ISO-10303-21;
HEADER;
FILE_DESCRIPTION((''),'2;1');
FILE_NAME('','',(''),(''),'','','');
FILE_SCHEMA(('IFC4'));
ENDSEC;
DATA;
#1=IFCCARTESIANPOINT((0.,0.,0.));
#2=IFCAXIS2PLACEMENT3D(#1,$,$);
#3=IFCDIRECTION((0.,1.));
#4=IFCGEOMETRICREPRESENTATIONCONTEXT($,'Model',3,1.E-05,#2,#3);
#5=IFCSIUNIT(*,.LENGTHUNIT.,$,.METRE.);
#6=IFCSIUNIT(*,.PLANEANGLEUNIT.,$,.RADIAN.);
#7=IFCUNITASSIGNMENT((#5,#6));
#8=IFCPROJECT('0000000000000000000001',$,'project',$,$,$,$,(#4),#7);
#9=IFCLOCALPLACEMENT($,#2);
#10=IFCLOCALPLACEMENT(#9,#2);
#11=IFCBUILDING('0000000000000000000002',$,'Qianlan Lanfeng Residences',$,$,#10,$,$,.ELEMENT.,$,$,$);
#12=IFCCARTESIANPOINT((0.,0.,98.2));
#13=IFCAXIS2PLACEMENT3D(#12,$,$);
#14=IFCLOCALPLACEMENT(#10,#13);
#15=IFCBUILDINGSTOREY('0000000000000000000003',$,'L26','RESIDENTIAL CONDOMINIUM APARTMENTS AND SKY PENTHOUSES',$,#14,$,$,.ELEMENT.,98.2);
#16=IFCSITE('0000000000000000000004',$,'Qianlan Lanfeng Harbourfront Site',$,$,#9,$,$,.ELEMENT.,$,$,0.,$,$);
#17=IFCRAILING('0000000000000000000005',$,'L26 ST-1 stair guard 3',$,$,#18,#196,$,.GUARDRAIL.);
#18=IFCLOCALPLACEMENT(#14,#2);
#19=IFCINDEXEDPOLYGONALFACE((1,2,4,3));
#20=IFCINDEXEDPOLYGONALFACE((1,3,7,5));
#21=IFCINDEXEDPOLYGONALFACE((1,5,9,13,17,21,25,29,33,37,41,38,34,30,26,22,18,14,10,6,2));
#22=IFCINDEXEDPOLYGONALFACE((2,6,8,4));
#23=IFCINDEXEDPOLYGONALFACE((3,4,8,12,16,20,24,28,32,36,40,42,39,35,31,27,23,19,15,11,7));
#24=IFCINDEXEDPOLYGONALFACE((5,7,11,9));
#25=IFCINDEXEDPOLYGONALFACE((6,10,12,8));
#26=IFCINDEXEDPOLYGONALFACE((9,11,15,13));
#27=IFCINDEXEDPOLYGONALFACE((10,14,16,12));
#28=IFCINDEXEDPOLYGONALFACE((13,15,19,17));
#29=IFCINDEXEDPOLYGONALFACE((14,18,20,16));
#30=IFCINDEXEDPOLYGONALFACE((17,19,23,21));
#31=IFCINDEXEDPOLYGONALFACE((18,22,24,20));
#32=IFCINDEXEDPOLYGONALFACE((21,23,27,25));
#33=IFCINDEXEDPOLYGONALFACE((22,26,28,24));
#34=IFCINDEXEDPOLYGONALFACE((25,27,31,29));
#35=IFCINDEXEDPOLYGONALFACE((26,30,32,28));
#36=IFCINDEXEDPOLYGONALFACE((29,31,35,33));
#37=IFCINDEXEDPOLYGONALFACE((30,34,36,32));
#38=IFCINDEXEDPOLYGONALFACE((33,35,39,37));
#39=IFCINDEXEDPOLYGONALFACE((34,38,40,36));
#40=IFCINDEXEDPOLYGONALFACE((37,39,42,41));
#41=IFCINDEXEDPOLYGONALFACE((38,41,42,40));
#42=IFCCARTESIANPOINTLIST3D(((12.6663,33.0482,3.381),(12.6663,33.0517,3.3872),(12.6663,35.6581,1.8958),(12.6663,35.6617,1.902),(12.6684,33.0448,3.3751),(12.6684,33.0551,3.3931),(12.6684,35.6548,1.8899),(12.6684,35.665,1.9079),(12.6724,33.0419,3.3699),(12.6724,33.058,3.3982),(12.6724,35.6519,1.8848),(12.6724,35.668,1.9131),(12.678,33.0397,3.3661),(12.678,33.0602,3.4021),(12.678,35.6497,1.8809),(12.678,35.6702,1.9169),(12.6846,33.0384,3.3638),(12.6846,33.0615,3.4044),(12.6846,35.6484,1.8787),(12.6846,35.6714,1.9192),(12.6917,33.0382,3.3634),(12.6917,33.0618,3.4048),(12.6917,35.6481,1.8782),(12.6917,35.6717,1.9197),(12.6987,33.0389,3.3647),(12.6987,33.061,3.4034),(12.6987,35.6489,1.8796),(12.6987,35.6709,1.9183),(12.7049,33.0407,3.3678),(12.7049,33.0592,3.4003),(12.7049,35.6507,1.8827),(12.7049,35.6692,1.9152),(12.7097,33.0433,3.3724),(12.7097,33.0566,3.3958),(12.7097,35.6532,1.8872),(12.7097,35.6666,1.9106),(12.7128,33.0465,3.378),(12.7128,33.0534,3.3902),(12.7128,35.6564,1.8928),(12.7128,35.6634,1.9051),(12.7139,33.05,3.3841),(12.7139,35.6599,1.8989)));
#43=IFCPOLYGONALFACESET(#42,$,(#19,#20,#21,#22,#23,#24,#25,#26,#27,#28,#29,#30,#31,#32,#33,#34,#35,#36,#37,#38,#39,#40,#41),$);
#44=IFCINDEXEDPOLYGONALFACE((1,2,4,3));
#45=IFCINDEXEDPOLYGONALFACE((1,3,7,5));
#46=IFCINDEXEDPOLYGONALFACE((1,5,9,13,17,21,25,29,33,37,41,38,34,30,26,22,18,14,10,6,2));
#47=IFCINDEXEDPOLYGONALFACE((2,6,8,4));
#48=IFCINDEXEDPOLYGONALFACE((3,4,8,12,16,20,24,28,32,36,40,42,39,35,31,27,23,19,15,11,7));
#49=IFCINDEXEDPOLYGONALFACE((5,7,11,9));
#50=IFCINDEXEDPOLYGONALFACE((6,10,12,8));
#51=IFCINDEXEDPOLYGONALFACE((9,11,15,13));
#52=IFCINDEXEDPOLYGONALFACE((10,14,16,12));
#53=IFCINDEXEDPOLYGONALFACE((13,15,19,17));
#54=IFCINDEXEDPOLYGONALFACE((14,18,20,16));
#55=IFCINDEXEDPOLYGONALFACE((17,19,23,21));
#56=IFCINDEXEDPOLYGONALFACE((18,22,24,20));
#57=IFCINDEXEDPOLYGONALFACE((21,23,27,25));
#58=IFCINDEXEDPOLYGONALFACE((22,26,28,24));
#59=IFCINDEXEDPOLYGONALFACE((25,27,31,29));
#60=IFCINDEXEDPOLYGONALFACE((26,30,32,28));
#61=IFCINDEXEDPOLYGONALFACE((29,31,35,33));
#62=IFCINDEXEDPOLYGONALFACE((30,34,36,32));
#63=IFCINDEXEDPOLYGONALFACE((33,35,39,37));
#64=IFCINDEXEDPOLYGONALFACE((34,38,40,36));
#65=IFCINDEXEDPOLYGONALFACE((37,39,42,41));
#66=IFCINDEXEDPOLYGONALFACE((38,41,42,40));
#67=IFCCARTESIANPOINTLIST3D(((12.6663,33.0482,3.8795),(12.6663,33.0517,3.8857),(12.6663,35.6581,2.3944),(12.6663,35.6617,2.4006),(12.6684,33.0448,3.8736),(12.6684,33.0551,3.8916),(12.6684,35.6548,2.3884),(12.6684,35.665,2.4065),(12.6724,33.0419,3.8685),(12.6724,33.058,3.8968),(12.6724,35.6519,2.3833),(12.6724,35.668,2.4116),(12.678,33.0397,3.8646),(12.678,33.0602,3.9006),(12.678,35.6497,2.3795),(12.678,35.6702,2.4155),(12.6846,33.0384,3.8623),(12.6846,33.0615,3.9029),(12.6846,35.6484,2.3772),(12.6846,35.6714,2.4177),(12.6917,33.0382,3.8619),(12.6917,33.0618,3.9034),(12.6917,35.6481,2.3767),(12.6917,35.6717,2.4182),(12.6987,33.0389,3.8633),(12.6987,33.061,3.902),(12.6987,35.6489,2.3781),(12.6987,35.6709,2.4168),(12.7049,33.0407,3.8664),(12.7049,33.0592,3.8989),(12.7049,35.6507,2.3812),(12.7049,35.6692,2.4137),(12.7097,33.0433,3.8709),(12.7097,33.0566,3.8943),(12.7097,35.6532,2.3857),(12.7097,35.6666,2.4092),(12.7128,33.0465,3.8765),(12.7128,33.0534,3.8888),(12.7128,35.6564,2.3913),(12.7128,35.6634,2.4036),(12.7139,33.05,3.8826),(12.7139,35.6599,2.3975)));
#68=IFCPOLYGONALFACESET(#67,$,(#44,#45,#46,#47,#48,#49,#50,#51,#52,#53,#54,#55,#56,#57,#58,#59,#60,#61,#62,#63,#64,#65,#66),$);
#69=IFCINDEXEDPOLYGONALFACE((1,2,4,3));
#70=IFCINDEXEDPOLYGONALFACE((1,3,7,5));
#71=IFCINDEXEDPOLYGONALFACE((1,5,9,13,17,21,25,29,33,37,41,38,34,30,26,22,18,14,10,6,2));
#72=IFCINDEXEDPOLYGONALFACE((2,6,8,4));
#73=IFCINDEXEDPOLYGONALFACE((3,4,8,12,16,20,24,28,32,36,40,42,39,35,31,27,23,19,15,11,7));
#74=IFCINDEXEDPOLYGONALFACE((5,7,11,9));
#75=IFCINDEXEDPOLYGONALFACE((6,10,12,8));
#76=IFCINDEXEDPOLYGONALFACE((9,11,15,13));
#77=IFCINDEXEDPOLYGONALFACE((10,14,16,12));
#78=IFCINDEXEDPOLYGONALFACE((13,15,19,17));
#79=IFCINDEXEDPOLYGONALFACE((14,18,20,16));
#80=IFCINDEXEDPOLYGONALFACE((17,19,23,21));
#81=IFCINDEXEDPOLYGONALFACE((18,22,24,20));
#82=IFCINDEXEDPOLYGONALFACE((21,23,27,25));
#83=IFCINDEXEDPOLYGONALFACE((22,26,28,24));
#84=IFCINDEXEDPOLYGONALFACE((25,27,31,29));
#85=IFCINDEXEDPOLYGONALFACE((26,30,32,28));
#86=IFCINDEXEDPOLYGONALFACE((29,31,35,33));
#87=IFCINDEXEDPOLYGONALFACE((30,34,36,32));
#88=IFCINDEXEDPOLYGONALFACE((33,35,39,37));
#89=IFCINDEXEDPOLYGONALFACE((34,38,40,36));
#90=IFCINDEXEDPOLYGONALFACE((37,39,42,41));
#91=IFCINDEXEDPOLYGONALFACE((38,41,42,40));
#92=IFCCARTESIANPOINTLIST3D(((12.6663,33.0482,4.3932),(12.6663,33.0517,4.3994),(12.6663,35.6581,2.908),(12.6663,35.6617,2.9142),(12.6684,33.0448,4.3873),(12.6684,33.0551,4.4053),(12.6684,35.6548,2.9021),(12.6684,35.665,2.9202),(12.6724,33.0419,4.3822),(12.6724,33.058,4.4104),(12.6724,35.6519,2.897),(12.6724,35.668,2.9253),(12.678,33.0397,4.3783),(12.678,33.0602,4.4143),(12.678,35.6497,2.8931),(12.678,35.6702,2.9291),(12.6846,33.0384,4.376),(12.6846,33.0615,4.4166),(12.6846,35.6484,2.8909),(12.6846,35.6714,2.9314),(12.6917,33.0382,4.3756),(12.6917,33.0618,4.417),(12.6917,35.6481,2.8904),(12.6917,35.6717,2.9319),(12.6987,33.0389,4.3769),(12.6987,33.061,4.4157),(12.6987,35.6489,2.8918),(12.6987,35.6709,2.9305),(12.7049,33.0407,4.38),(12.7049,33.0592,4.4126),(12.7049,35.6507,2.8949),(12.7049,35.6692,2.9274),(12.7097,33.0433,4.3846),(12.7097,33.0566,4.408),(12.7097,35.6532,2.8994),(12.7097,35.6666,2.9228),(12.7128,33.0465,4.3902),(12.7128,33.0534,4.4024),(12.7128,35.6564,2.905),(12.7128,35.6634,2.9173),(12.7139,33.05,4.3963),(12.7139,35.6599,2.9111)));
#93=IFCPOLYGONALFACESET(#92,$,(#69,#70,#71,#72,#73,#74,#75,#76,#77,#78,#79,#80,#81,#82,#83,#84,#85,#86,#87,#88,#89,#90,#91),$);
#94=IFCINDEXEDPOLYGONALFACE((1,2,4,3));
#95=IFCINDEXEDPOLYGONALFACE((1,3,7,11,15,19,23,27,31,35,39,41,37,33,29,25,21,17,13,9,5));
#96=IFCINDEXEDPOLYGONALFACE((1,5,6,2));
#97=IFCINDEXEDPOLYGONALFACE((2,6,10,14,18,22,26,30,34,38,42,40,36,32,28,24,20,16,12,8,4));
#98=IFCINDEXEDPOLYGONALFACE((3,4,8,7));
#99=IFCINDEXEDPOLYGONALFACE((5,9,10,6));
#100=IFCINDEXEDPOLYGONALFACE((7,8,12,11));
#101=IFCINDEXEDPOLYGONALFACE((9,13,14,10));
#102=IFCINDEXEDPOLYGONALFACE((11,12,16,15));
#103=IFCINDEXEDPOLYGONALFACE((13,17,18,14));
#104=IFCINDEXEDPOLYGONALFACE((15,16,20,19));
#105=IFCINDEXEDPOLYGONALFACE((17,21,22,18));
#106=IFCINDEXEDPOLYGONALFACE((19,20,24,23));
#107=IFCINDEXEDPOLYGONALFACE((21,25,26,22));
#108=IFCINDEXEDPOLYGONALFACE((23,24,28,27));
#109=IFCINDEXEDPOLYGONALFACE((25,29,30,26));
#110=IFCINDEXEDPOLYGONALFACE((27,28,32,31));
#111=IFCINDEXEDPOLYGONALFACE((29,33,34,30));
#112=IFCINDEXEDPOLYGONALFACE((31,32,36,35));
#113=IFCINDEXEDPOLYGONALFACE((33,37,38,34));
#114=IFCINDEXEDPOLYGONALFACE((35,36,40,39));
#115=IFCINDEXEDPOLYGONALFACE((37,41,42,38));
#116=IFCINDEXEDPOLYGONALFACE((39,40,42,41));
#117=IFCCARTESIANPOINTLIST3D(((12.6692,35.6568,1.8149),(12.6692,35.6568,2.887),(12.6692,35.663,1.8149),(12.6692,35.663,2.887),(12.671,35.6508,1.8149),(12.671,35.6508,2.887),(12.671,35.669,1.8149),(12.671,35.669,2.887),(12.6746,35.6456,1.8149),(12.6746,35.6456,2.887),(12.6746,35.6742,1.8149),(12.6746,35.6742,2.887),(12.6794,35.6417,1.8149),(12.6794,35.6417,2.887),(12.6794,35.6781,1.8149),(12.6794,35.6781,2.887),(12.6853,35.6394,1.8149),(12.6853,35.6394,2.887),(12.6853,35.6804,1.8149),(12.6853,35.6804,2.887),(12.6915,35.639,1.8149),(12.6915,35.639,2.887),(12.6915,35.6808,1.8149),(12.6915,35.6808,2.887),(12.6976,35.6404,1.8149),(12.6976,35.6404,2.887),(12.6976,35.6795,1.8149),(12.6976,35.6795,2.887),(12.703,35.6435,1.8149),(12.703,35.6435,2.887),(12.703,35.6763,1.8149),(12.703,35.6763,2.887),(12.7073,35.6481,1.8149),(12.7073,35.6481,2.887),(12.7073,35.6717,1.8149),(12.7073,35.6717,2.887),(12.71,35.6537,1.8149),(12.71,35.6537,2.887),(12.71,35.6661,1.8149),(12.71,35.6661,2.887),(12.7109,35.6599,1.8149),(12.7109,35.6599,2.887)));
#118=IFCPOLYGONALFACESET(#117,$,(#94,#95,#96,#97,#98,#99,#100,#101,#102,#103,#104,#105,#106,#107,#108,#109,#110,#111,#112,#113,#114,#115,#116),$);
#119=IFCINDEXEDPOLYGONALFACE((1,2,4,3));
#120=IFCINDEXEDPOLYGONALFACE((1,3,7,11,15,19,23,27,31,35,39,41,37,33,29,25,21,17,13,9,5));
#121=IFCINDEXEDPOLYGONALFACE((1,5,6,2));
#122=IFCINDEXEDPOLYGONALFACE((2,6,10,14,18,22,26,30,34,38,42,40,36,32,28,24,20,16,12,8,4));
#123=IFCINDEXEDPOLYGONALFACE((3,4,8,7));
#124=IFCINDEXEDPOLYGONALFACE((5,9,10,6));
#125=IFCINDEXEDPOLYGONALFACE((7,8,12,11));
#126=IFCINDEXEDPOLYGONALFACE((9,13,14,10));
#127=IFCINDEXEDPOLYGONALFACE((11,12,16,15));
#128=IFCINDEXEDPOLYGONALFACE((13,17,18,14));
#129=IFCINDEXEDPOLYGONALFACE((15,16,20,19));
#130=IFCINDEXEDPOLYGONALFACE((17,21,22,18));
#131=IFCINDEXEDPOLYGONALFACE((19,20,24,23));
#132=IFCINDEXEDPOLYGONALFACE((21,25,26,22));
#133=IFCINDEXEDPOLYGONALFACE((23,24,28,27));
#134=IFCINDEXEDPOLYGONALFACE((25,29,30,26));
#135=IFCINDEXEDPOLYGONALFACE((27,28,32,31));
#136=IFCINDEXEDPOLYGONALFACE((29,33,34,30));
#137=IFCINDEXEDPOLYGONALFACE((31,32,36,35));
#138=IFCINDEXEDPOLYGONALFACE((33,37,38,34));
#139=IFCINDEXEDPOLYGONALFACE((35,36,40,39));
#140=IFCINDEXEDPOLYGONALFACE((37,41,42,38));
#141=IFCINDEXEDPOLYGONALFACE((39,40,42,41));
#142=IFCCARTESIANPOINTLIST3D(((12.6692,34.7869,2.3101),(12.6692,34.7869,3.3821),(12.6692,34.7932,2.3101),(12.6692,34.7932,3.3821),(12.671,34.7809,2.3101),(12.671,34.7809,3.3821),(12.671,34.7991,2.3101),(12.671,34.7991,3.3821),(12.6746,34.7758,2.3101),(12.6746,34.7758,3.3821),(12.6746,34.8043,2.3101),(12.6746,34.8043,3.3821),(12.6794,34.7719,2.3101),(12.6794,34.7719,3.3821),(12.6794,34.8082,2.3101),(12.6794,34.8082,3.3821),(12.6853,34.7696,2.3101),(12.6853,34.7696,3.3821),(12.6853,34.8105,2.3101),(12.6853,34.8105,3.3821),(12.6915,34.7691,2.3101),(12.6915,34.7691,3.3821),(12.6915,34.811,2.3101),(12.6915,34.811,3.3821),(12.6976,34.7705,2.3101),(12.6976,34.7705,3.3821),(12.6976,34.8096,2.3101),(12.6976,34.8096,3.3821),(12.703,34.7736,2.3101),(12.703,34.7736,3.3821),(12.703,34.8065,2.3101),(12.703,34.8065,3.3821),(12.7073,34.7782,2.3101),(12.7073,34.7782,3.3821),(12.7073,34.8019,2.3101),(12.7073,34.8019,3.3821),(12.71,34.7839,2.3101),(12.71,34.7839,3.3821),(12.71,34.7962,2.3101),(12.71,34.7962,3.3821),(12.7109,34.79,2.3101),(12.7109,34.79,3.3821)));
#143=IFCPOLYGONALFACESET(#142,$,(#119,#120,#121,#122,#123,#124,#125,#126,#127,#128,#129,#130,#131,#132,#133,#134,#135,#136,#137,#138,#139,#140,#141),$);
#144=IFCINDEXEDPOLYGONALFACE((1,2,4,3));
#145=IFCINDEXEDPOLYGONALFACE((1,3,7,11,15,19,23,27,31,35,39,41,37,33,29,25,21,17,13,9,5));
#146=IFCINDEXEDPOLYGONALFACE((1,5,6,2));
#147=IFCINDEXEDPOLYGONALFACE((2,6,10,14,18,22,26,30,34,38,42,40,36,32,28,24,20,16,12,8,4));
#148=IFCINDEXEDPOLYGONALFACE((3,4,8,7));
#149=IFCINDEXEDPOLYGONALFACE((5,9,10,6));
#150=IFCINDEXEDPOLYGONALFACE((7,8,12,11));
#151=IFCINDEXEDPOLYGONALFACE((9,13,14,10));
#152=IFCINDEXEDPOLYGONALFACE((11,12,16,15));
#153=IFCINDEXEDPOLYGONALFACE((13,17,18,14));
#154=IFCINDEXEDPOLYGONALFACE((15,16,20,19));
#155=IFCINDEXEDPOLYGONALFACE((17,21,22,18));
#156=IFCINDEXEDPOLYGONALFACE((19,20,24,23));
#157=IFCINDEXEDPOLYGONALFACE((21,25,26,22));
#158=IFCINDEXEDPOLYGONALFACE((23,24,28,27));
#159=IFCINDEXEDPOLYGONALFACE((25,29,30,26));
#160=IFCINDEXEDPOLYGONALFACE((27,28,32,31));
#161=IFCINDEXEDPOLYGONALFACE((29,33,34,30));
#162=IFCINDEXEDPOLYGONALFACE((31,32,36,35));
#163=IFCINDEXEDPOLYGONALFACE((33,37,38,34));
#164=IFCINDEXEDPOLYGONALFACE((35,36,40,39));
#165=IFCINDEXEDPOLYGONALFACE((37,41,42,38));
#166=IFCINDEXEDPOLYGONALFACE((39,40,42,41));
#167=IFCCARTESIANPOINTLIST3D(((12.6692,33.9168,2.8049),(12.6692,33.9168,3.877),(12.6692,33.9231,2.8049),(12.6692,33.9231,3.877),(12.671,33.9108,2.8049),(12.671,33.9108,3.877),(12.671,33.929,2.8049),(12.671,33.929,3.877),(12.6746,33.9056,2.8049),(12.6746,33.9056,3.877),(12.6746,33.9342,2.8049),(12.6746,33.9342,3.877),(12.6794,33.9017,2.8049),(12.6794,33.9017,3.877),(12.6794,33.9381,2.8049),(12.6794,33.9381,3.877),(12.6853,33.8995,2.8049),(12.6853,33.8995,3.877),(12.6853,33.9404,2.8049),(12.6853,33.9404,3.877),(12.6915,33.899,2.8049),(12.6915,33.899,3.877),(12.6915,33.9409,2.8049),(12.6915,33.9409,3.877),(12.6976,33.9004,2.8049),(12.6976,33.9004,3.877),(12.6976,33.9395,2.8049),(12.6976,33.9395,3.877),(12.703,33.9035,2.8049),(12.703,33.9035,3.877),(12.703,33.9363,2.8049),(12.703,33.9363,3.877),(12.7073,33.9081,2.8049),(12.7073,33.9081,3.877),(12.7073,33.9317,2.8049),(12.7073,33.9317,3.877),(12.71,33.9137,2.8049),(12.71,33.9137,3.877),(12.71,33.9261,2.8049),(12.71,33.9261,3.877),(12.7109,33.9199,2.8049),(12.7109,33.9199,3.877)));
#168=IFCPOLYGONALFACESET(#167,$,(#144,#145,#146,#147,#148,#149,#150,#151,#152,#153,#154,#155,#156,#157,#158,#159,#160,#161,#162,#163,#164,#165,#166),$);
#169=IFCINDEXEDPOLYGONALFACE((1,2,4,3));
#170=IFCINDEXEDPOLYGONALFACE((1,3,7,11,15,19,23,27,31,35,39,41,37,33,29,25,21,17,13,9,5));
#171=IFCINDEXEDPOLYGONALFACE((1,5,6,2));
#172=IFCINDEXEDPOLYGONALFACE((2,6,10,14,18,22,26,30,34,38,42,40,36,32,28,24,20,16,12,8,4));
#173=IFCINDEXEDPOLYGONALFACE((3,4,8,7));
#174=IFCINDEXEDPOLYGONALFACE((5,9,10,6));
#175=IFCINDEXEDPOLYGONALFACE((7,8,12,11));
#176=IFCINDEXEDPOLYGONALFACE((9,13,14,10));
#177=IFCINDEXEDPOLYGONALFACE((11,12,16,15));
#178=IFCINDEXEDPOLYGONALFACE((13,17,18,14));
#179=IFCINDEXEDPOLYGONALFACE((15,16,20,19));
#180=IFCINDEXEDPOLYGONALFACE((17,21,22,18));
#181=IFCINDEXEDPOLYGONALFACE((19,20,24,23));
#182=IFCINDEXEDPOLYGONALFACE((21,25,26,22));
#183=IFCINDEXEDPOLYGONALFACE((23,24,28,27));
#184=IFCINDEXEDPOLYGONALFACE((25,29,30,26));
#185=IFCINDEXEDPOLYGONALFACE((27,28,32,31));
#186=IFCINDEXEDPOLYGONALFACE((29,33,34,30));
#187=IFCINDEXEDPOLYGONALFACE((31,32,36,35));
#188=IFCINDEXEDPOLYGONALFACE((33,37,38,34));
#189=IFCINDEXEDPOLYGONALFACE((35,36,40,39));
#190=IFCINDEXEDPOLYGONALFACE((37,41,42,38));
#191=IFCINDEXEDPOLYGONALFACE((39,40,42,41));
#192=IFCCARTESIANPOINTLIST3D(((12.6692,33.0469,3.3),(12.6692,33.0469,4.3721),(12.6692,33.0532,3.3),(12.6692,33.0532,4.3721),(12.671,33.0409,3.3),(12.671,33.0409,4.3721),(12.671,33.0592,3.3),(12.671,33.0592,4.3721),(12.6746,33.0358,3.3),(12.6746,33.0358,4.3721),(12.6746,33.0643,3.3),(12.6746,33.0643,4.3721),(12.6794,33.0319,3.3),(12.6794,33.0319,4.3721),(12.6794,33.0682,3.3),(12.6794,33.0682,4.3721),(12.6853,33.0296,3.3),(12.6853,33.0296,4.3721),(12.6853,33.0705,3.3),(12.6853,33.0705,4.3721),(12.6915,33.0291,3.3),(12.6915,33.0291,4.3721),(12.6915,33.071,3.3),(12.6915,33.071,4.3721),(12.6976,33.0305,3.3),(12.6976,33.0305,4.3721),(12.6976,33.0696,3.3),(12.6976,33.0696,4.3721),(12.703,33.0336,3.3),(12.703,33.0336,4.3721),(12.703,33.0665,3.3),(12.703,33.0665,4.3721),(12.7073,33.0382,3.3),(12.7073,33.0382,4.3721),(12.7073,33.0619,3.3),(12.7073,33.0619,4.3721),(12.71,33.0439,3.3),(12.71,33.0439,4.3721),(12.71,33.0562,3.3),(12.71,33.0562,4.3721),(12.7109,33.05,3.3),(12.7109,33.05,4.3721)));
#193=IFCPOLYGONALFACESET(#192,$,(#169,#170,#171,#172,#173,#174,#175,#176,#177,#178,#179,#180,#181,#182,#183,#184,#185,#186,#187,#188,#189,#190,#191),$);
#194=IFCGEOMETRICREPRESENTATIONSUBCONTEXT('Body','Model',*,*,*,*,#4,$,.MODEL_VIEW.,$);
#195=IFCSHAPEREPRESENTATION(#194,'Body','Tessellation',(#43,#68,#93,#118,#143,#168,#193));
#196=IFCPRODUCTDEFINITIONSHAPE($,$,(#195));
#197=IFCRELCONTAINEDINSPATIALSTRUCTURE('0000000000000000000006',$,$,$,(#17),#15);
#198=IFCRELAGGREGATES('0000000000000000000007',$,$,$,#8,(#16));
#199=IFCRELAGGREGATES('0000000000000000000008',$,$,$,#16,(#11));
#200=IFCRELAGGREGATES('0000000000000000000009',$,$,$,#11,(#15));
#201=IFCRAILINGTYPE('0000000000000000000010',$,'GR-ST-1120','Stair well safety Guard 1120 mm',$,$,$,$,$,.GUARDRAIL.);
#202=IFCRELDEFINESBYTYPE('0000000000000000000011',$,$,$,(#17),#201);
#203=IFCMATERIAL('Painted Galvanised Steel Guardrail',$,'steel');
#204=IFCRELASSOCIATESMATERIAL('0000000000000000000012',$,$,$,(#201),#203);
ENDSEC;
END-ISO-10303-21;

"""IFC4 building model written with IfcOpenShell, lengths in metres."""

from ifc_helpers import new_model, si_unit, direction, frame, origin, origin_2d, place, context, subcontext, project, spatial, circle, extrude, material, type_object, element, save


model = new_model("IFC4")

# Units and contexts
model_context = context("Model", 3, precision=1e-05, world=origin(), true_north=direction((0.0, 1.0)))
body_context = subcontext(model_context, "Body", "Model", "MODEL_VIEW")
ifc_project = project(units=[si_unit("LENGTHUNIT", "METRE"), si_unit("PLANEANGLEUNIT", "RADIAN")], contexts=[model_context])

# Site, building, storey
site_placement = place(None, origin())
site = spatial("IfcSite", under=ifc_project, at=site_placement, Name="Qianlan Lanfeng Harbourfront Site", CompositionType="ELEMENT", RefElevation=0.0)
building_placement = place(site_placement, origin())
building = spatial("IfcBuilding", under=site, at=building_placement, Name="Qianlan Lanfeng Residences", CompositionType="ELEMENT")
storey_placement = place(building_placement, frame((0.0, 0.0, 98.2)))
storey = spatial("IfcBuildingStorey", under=building, at=storey_placement, Name="L26", Description="RESIDENTIAL CONDOMINIUM APARTMENTS AND SKY PENTHOUSES", CompositionType="ELEMENT", Elevation=98.2)

# Railing
ifc_material_1 = material(Name="Painted Galvanised Steel Guardrail", Category="steel")
railing_type_1 = type_object("IfcRailingType", Name="GR-ST-1120", Description="Stair well safety Guard 1120 mm", PredefinedType="GUARDRAIL", material=ifc_material_1)
railing_1_placement = place(storey_placement, frame((12.6899, 35.6599, 1.8149)))
element("IfcRailing", 1, at=railing_1_placement, inside=storey, type_object=railing_type_1, Name="L26 ST-1 stair guard 3", PredefinedType="GUARDRAIL", context=body_context, shape_type="SweptSolid", body=[
    extrude(circle(Radius=0.0239, at=origin_2d()), frame((0.0, 0.0, 0.084), z_axis=(0.0, -0.869137, 0.494571), x_axis=(1.0, 0.0, 0.0)), (0.0, 0.0, 1.0), 3.0029),
    extrude(circle(Radius=0.0239, at=origin_2d()), frame((0.0, 0.0, 0.5825), z_axis=(0.0, -0.869137, 0.494571), x_axis=(1.0, 0.0, 0.0)), (0.0, 0.0, 1.0), 3.0029),
    extrude(circle(Radius=0.0239, at=origin_2d()), frame((0.0, 0.0, 1.0962), z_axis=(0.0, -0.869137, 0.494571), x_axis=(1.0, 0.0, 0.0)), (0.0, 0.0, 1.0), 3.0029),
    extrude(circle(Radius=0.021, at=origin_2d()), origin(), (0.0, 0.0, 1.0), 1.072),
    extrude(circle(Radius=0.021, at=origin_2d()), frame((0.0, -0.8699, 0.4951)), (0.0, 0.0, 1.0), 1.072),
    extrude(circle(Radius=0.021, at=origin_2d()), frame((0.0, -1.74, 0.99)), (0.0, 0.0, 1.0), 1.072),
    extrude(circle(Radius=0.021, at=origin_2d()), frame((0.0, -2.6099, 1.4851)), (0.0, 0.0, 1.0), 1.072),
])

save(model, "model.ifc")
